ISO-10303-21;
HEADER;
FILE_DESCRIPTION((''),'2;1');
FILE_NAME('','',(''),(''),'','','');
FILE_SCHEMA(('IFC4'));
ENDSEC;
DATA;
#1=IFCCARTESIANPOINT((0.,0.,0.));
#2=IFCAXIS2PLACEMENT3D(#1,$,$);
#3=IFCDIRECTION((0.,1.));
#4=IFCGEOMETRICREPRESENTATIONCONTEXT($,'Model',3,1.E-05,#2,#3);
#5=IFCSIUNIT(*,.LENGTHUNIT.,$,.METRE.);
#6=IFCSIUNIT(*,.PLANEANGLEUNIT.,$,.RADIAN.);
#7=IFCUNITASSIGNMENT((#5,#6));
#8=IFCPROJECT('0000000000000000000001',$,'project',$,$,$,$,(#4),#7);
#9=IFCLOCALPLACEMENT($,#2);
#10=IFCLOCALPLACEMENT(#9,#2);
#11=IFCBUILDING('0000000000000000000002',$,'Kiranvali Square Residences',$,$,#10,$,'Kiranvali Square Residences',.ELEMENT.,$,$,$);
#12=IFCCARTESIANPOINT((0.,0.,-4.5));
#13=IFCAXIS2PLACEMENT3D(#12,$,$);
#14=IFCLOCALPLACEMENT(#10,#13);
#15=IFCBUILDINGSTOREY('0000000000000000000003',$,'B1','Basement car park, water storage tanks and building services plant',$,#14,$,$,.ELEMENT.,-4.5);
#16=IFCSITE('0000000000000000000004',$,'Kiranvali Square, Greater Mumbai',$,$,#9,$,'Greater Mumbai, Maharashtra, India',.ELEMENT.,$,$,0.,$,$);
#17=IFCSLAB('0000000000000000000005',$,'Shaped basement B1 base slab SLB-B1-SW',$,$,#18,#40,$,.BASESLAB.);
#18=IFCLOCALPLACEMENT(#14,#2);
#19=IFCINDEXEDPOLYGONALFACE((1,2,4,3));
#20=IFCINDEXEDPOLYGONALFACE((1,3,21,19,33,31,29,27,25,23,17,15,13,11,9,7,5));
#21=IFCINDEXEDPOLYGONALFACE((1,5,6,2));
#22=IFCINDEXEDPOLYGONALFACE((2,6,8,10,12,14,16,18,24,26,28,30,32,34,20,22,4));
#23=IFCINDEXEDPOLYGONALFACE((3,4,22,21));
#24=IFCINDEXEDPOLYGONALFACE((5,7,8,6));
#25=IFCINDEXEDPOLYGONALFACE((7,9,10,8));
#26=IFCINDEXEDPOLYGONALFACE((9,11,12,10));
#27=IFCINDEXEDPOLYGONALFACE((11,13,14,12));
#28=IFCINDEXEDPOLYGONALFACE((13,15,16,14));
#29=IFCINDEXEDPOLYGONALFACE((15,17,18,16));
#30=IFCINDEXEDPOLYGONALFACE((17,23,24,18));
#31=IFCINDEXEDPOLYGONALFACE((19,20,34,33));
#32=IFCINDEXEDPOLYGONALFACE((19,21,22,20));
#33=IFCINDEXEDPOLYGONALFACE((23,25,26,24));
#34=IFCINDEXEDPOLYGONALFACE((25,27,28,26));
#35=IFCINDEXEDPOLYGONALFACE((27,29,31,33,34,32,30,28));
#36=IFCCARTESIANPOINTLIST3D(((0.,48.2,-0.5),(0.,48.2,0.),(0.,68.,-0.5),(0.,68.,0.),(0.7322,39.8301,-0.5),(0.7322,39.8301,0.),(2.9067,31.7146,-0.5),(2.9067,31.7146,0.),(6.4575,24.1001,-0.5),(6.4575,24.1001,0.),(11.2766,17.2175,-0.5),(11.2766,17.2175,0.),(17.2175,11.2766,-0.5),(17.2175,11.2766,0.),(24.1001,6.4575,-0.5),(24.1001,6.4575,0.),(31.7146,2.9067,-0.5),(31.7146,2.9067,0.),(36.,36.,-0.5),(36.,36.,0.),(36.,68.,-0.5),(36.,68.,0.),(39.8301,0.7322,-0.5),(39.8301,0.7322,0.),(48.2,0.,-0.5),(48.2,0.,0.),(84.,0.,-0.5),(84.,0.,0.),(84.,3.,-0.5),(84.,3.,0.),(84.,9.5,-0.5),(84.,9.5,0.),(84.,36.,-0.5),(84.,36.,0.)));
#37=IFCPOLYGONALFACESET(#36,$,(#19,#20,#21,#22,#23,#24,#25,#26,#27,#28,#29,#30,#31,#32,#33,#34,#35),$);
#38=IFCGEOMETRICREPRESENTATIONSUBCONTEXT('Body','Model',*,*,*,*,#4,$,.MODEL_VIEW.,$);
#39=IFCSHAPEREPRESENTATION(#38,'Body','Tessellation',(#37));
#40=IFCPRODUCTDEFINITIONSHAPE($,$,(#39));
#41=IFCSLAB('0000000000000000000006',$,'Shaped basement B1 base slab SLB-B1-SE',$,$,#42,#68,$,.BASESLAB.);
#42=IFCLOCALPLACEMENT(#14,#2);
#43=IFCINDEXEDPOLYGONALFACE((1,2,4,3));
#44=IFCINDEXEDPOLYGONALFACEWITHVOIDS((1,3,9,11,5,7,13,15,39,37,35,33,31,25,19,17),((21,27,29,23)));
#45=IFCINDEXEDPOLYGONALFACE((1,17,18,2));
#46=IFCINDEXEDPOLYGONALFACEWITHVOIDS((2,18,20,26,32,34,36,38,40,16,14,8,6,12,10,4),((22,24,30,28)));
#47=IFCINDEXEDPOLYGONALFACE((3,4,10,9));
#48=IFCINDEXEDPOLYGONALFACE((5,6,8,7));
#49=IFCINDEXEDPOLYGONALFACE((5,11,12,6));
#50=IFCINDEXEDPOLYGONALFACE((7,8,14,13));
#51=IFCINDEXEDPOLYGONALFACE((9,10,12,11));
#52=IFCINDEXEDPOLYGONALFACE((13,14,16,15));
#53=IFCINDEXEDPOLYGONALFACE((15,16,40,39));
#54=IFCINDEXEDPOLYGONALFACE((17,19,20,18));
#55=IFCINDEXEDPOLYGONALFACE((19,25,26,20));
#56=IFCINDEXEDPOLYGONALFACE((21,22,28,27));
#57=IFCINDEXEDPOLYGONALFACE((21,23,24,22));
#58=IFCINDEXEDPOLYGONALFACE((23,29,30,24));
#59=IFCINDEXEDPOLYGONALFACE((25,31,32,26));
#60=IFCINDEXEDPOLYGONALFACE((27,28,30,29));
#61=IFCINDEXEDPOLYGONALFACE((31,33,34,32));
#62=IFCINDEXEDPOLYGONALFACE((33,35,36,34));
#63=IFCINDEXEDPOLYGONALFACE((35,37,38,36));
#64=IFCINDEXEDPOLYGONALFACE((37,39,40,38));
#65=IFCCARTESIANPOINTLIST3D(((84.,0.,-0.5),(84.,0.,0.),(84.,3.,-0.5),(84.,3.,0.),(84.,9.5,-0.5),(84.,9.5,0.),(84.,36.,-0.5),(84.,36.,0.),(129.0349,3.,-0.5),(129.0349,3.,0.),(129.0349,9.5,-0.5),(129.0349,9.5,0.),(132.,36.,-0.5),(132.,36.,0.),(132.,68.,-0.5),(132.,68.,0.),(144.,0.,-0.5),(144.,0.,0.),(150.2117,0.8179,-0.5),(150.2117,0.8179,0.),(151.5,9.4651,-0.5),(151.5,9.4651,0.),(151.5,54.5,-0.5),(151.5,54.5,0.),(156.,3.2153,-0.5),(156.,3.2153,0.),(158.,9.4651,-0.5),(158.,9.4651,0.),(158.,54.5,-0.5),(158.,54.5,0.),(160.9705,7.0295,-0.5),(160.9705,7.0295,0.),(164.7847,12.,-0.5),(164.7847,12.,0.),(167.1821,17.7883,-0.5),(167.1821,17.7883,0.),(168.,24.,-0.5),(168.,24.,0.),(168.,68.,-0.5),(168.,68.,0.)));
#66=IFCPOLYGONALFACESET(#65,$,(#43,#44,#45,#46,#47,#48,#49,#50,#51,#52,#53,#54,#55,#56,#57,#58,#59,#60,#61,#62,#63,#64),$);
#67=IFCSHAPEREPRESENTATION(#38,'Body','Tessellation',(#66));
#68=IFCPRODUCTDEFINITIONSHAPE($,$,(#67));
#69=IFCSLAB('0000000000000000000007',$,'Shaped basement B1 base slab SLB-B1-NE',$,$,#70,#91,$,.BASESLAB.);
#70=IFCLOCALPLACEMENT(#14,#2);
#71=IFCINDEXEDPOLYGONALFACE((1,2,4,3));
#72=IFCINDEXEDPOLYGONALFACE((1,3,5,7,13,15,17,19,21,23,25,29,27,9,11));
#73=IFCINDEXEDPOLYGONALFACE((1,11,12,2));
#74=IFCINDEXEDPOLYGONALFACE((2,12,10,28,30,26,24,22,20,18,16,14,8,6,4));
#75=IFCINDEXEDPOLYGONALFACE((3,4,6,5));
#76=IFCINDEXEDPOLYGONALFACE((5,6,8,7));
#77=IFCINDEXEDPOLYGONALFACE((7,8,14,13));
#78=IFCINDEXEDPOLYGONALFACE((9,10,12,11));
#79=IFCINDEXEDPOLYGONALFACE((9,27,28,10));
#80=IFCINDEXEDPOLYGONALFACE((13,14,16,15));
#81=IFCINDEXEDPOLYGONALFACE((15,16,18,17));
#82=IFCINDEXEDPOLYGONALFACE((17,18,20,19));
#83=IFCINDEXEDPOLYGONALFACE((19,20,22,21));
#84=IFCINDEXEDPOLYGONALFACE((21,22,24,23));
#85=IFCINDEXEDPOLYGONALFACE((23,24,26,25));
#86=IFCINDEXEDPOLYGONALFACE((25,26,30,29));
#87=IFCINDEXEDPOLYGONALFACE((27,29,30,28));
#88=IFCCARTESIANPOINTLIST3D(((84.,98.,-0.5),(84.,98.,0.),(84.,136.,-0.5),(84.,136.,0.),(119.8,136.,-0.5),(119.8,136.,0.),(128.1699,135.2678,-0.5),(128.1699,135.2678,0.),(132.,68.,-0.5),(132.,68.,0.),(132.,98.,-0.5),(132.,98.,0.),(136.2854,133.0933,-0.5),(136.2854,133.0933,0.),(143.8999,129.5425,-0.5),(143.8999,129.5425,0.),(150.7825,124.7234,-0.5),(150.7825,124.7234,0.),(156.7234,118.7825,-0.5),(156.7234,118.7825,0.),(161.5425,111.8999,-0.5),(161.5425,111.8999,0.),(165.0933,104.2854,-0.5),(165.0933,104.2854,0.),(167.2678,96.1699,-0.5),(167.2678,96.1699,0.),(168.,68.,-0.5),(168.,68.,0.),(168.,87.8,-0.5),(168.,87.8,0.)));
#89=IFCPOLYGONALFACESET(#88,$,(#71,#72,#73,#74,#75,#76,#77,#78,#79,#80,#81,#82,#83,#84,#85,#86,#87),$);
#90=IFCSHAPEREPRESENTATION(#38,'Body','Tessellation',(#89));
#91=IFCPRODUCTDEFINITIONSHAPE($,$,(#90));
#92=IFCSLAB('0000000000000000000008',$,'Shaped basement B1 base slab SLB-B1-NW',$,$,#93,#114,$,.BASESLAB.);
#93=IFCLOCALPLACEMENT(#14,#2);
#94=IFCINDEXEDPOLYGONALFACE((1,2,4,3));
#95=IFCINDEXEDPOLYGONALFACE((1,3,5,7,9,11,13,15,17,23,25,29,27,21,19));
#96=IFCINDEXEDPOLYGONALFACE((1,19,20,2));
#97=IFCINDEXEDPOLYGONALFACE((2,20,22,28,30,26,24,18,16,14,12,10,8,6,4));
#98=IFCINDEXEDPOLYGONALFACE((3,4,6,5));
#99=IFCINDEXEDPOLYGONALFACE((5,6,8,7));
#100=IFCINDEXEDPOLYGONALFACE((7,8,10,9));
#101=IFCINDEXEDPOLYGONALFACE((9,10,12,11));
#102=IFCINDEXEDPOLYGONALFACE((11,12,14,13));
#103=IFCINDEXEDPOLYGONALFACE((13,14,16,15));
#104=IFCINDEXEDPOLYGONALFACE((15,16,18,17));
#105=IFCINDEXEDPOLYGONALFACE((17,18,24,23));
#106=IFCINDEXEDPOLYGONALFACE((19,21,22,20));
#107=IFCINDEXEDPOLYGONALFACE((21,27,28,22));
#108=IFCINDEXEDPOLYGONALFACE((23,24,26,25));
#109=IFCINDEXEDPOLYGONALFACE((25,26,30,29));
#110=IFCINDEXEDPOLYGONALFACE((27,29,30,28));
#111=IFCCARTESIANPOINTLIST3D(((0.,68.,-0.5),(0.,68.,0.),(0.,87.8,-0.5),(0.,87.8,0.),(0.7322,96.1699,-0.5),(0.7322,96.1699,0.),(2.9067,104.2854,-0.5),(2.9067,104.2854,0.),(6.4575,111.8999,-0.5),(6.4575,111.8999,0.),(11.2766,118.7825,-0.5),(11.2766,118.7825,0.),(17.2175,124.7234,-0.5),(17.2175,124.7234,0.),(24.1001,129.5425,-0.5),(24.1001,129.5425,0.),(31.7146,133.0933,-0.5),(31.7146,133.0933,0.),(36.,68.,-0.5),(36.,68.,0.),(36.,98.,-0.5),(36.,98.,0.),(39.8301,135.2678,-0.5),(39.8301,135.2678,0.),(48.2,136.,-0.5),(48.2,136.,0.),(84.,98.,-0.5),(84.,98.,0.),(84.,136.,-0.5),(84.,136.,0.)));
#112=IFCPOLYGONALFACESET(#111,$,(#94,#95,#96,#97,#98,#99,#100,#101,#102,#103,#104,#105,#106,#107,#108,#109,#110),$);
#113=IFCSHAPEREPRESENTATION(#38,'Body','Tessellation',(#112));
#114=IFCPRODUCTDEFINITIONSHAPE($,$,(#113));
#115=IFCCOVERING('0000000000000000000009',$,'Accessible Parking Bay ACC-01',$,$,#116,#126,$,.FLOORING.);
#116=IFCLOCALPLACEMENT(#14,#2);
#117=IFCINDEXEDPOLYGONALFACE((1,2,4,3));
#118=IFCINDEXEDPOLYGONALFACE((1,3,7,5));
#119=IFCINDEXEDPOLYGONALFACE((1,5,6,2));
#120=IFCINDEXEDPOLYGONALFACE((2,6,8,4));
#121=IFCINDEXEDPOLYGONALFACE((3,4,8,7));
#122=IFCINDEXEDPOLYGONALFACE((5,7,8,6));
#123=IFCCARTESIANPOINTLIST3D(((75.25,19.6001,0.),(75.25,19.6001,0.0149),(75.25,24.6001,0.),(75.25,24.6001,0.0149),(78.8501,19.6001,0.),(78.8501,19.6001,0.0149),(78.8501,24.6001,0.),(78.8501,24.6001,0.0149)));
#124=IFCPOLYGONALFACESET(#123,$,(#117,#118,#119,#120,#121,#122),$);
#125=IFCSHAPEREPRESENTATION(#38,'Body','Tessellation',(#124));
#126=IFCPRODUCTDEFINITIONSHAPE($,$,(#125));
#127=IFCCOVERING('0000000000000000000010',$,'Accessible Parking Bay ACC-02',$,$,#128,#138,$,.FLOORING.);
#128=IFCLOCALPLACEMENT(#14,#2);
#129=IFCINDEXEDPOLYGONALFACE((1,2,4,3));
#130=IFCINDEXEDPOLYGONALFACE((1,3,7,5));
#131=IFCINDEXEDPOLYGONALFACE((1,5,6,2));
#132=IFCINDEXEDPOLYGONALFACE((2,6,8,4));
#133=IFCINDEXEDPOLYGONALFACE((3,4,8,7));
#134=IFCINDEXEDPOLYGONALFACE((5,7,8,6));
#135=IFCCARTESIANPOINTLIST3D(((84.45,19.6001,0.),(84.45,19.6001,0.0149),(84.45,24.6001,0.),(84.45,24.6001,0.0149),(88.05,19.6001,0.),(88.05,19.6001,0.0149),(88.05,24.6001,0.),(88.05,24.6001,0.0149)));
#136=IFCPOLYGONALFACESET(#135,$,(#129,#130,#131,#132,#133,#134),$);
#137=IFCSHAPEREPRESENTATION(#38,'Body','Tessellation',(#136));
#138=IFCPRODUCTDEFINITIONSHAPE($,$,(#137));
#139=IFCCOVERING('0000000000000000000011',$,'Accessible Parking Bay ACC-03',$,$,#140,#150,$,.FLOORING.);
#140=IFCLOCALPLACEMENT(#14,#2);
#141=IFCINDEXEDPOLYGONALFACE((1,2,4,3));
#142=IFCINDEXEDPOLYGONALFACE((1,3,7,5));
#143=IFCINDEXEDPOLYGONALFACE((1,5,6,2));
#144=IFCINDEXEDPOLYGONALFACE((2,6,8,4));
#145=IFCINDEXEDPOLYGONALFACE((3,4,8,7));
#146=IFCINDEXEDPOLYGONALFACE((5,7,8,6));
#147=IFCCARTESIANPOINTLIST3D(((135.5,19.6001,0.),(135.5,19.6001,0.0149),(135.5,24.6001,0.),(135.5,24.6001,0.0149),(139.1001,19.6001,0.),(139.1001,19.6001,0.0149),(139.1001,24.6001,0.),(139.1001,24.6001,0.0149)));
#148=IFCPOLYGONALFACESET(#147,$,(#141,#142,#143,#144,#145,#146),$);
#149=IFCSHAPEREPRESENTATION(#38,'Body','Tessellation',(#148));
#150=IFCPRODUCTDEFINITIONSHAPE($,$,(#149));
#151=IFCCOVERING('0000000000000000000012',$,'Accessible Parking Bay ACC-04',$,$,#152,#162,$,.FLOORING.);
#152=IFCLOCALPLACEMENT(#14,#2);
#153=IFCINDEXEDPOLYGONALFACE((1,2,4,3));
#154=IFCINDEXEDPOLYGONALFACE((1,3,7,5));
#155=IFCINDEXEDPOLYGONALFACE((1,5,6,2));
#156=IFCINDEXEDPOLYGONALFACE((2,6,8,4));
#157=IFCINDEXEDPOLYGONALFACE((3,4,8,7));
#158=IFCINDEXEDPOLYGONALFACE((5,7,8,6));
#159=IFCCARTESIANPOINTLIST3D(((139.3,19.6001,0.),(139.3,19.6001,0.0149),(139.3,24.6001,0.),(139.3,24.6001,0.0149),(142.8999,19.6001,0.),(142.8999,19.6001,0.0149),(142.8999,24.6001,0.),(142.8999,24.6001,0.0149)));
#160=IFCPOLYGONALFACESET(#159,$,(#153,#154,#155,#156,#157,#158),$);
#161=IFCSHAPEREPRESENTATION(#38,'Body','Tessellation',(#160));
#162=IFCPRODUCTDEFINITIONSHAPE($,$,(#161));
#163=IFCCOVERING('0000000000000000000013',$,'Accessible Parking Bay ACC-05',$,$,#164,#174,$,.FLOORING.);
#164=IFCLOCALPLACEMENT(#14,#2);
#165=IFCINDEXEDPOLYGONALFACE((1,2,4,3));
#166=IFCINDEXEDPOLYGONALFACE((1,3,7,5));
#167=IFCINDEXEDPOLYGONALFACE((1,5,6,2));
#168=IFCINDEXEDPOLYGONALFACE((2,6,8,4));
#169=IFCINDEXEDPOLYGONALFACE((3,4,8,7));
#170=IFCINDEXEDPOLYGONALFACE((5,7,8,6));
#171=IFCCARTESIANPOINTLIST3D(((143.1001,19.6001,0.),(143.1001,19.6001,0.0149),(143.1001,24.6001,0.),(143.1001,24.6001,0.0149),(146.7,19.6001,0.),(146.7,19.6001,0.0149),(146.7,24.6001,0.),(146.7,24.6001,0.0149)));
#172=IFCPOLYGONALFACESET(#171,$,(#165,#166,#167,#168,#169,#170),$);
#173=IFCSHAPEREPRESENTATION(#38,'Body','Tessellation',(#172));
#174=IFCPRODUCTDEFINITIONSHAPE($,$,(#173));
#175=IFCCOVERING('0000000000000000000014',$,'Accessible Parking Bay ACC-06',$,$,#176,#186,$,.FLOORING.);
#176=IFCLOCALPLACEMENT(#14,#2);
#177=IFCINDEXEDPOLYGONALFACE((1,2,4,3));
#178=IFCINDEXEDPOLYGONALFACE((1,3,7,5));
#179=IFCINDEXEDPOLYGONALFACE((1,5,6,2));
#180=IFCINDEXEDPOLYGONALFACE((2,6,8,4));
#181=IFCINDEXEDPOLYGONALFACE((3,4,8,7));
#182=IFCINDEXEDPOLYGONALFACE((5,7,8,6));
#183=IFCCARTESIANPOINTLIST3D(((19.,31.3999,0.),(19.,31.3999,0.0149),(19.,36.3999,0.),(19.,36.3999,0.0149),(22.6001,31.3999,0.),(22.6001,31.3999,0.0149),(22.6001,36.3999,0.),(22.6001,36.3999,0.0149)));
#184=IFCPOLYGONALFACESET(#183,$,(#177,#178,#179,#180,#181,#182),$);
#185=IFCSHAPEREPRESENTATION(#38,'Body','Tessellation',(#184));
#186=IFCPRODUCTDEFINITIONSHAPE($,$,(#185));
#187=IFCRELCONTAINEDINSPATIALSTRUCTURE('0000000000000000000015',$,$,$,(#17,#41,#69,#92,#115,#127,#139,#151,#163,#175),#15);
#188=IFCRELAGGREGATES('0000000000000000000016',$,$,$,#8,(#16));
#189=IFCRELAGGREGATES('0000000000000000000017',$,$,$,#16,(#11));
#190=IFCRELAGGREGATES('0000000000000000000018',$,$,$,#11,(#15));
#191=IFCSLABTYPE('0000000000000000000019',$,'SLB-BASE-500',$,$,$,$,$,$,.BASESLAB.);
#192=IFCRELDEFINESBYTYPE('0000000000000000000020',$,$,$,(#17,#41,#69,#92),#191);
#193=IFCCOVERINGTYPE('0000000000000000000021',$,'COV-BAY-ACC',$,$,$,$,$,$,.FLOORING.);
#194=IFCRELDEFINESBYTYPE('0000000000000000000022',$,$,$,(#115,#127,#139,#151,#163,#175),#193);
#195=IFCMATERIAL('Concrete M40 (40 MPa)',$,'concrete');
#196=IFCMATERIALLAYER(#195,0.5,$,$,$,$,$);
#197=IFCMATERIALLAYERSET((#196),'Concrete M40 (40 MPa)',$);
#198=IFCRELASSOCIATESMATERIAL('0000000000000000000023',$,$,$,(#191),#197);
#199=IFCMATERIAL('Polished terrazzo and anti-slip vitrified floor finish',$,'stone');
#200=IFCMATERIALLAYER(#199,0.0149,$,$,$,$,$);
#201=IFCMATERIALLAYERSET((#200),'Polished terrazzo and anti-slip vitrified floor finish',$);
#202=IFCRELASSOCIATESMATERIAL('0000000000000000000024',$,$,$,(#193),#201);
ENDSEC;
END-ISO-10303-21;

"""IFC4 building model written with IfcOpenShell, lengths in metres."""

from ifc_helpers import new_model, si_unit, direction, frame, origin, place, context, subcontext, project, spatial, polyline, outline, extrude, material, layer, layer_set, type_object, element, save


model = new_model("IFC4")

# Units and contexts
model_context = context("Model", 3, precision=1e-05, world=origin(), true_north=direction((0.0, 1.0)))
body_context = subcontext(model_context, "Body", "Model", "MODEL_VIEW")
ifc_project = project(units=[si_unit("LENGTHUNIT", "METRE"), si_unit("PLANEANGLEUNIT", "RADIAN")], contexts=[model_context])

# Site, building, storey
site_placement = place(None, origin())
site = spatial("IfcSite", under=ifc_project, at=site_placement, Name="Kiranvali Square, Greater Mumbai", LongName="Greater Mumbai, Maharashtra, India", CompositionType="ELEMENT", RefElevation=0.0)
building_placement = place(site_placement, origin())
building = spatial("IfcBuilding", under=site, at=building_placement, Name="Kiranvali Square Residences", LongName="Kiranvali Square Residences", CompositionType="ELEMENT")
storey_placement = place(building_placement, frame((0.0, 0.0, -4.5)))
storey = spatial("IfcBuildingStorey", under=building, at=storey_placement, Name="B1", Description="Basement car park, water storage tanks and building services plant", CompositionType="ELEMENT", Elevation=-4.5)

# Slabs
ifc_material_1 = material(Name="Concrete M40 (40 MPa)", Category="concrete")
ifc_layer_1 = layer(ifc_material_1, 0.5)
ifc_layer_set_1 = layer_set([ifc_layer_1], Name="Concrete M40 (40 MPa)")
slab_type = type_object("IfcSlabType", Name="SLB-BASE-500", PredefinedType="BASESLAB", material=ifc_layer_set_1)
slab_1_placement = place(storey_placement, frame((0.0, 0.0, -0.5)))
element("IfcSlab", 1, at=slab_1_placement, inside=storey, type_object=slab_type, Name="Shaped basement B1 base slab SLB-B1-SW", PredefinedType="BASESLAB", context=body_context, shape_type="SweptSolid", body=[
    extrude(outline(polyline([(48.2, 0.0), (39.8301, 0.7322), (31.7146, 2.9067), (24.1001, 6.4575), (17.2175, 11.2766), (11.2766, 17.2175), (6.4575, 24.1001), (2.9067, 31.7146), (0.7322, 39.8301), (0.0, 48.2), (0.0, 68.0), (36.0, 68.0), (36.0, 36.0), (84.0, 36.0), (84.0, 9.5), (84.0, 3.0), (84.0, 0.0), (48.2, 0.0)])), origin(), (0.0, 0.0, 1.0), 0.5),
])
slab_2_placement = place(storey_placement, frame((0.0, 0.0, -0.5)))
element("IfcSlab", 2, at=slab_2_placement, inside=storey, type_object=slab_type, Name="Shaped basement B1 base slab SLB-B1-SE", PredefinedType="BASESLAB", context=body_context, shape_type="SweptSolid", body=[
    extrude(outline(polyline([(168.0, 24.0), (167.1821, 17.7883), (164.7847, 12.0), (160.9705, 7.0295), (156.0, 3.2153), (150.2117, 0.8179), (144.0, 0.0), (84.0, 0.0), (84.0, 3.0), (129.0349, 3.0), (129.0349, 9.5), (84.0, 9.5), (84.0, 36.0), (132.0, 36.0), (132.0, 68.0), (168.0, 68.0), (168.0, 24.0)]), holes=[polyline([(158.0, 9.4651), (158.0, 54.5), (151.5, 54.5), (151.5, 9.4651), (158.0, 9.4651)])]), origin(), (0.0, 0.0, 1.0), 0.5),
])
slab_3_placement = place(storey_placement, frame((0.0, 0.0, -0.5)))
element("IfcSlab", 3, at=slab_3_placement, inside=storey, type_object=slab_type, Name="Shaped basement B1 base slab SLB-B1-NE", PredefinedType="BASESLAB", context=body_context, shape_type="SweptSolid", body=[
    extrude(outline(polyline([(119.8, 136.0), (128.1699, 135.2678), (136.2854, 133.0933), (143.8999, 129.5425), (150.7825, 124.7234), (156.7234, 118.7825), (161.5425, 111.8999), (165.0933, 104.2854), (167.2678, 96.1699), (168.0, 87.8), (168.0, 68.0), (132.0, 68.0), (132.0, 98.0), (84.0, 98.0), (84.0, 136.0), (119.8, 136.0)])), origin(), (0.0, 0.0, 1.0), 0.5),
])
slab_4_placement = place(storey_placement, frame((0.0, 0.0, -0.5)))
element("IfcSlab", 4, at=slab_4_placement, inside=storey, type_object=slab_type, Name="Shaped basement B1 base slab SLB-B1-NW", PredefinedType="BASESLAB", context=body_context, shape_type="SweptSolid", body=[
    extrude(outline(polyline([(0.7322, 96.1699), (2.9067, 104.2854), (6.4575, 111.8999), (11.2766, 118.7825), (17.2175, 124.7234), (24.1001, 129.5425), (31.7146, 133.0933), (39.8301, 135.2678), (48.2, 136.0), (84.0, 136.0), (84.0, 98.0), (36.0, 98.0), (36.0, 68.0), (0.0, 68.0), (0.0, 87.8), (0.7322, 96.1699)])), origin(), (0.0, 0.0, 1.0), 0.5),
])

# Coverings
ifc_material_2 = material(Name="Polished terrazzo and anti-slip vitrified floor finish", Category="stone")
ifc_layer_2 = layer(ifc_material_2, 0.0149)
ifc_layer_set_2 = layer_set([ifc_layer_2], Name="Polished terrazzo and anti-slip vitrified floor finish")
covering_type_1 = type_object("IfcCoveringType", Name="COV-BAY-ACC", PredefinedType="FLOORING", material=ifc_layer_set_2)
covering_1_placement = place(storey_placement, origin())
element("IfcCovering", 5, at=covering_1_placement, inside=storey, type_object=covering_type_1, Name="Accessible Parking Bay ACC-01", PredefinedType="FLOORING", context=body_context, shape_type="SweptSolid", body=[
    extrude(outline(polyline([(75.25, 19.6001), (78.8501, 19.6001), (78.8501, 24.6001), (75.25, 24.6001), (75.25, 19.6001)])), origin(), (0.0, 0.0, 1.0), 0.0149),
])
covering_2_placement = place(storey_placement, origin())
element("IfcCovering", 6, at=covering_2_placement, inside=storey, type_object=covering_type_1, Name="Accessible Parking Bay ACC-02", PredefinedType="FLOORING", context=body_context, shape_type="SweptSolid", body=[
    extrude(outline(polyline([(84.45, 19.6001), (88.05, 19.6001), (88.05, 24.6001), (84.45, 24.6001), (84.45, 19.6001)])), origin(), (0.0, 0.0, 1.0), 0.0149),
])
covering_3_placement = place(storey_placement, origin())
element("IfcCovering", 7, at=covering_3_placement, inside=storey, type_object=covering_type_1, Name="Accessible Parking Bay ACC-03", PredefinedType="FLOORING", context=body_context, shape_type="SweptSolid", body=[
    extrude(outline(polyline([(135.5, 19.6001), (139.1001, 19.6001), (139.1001, 24.6001), (135.5, 24.6001), (135.5, 19.6001)])), origin(), (0.0, 0.0, 1.0), 0.0149),
])
covering_4_placement = place(storey_placement, origin())
element("IfcCovering", 8, at=covering_4_placement, inside=storey, type_object=covering_type_1, Name="Accessible Parking Bay ACC-04", PredefinedType="FLOORING", context=body_context, shape_type="SweptSolid", body=[
    extrude(outline(polyline([(139.3, 19.6001), (142.8999, 19.6001), (142.8999, 24.6001), (139.3, 24.6001), (139.3, 19.6001)])), origin(), (0.0, 0.0, 1.0), 0.0149),
])
covering_5_placement = place(storey_placement, origin())
element("IfcCovering", 9, at=covering_5_placement, inside=storey, type_object=covering_type_1, Name="Accessible Parking Bay ACC-05", PredefinedType="FLOORING", context=body_context, shape_type="SweptSolid", body=[
    extrude(outline(polyline([(143.1001, 19.6001), (146.7, 19.6001), (146.7, 24.6001), (143.1001, 24.6001), (143.1001, 19.6001)])), origin(), (0.0, 0.0, 1.0), 0.0149),
])
covering_6_placement = place(storey_placement, origin())
element("IfcCovering", 10, at=covering_6_placement, inside=storey, type_object=covering_type_1, Name="Accessible Parking Bay ACC-06", PredefinedType="FLOORING", context=body_context, shape_type="SweptSolid", body=[
    extrude(outline(polyline([(19.0, 31.3999), (22.6001, 31.3999), (22.6001, 36.3999), (19.0, 36.3999), (19.0, 31.3999)])), origin(), (0.0, 0.0, 1.0), 0.0149),
])

save(model, "model.ifc")
